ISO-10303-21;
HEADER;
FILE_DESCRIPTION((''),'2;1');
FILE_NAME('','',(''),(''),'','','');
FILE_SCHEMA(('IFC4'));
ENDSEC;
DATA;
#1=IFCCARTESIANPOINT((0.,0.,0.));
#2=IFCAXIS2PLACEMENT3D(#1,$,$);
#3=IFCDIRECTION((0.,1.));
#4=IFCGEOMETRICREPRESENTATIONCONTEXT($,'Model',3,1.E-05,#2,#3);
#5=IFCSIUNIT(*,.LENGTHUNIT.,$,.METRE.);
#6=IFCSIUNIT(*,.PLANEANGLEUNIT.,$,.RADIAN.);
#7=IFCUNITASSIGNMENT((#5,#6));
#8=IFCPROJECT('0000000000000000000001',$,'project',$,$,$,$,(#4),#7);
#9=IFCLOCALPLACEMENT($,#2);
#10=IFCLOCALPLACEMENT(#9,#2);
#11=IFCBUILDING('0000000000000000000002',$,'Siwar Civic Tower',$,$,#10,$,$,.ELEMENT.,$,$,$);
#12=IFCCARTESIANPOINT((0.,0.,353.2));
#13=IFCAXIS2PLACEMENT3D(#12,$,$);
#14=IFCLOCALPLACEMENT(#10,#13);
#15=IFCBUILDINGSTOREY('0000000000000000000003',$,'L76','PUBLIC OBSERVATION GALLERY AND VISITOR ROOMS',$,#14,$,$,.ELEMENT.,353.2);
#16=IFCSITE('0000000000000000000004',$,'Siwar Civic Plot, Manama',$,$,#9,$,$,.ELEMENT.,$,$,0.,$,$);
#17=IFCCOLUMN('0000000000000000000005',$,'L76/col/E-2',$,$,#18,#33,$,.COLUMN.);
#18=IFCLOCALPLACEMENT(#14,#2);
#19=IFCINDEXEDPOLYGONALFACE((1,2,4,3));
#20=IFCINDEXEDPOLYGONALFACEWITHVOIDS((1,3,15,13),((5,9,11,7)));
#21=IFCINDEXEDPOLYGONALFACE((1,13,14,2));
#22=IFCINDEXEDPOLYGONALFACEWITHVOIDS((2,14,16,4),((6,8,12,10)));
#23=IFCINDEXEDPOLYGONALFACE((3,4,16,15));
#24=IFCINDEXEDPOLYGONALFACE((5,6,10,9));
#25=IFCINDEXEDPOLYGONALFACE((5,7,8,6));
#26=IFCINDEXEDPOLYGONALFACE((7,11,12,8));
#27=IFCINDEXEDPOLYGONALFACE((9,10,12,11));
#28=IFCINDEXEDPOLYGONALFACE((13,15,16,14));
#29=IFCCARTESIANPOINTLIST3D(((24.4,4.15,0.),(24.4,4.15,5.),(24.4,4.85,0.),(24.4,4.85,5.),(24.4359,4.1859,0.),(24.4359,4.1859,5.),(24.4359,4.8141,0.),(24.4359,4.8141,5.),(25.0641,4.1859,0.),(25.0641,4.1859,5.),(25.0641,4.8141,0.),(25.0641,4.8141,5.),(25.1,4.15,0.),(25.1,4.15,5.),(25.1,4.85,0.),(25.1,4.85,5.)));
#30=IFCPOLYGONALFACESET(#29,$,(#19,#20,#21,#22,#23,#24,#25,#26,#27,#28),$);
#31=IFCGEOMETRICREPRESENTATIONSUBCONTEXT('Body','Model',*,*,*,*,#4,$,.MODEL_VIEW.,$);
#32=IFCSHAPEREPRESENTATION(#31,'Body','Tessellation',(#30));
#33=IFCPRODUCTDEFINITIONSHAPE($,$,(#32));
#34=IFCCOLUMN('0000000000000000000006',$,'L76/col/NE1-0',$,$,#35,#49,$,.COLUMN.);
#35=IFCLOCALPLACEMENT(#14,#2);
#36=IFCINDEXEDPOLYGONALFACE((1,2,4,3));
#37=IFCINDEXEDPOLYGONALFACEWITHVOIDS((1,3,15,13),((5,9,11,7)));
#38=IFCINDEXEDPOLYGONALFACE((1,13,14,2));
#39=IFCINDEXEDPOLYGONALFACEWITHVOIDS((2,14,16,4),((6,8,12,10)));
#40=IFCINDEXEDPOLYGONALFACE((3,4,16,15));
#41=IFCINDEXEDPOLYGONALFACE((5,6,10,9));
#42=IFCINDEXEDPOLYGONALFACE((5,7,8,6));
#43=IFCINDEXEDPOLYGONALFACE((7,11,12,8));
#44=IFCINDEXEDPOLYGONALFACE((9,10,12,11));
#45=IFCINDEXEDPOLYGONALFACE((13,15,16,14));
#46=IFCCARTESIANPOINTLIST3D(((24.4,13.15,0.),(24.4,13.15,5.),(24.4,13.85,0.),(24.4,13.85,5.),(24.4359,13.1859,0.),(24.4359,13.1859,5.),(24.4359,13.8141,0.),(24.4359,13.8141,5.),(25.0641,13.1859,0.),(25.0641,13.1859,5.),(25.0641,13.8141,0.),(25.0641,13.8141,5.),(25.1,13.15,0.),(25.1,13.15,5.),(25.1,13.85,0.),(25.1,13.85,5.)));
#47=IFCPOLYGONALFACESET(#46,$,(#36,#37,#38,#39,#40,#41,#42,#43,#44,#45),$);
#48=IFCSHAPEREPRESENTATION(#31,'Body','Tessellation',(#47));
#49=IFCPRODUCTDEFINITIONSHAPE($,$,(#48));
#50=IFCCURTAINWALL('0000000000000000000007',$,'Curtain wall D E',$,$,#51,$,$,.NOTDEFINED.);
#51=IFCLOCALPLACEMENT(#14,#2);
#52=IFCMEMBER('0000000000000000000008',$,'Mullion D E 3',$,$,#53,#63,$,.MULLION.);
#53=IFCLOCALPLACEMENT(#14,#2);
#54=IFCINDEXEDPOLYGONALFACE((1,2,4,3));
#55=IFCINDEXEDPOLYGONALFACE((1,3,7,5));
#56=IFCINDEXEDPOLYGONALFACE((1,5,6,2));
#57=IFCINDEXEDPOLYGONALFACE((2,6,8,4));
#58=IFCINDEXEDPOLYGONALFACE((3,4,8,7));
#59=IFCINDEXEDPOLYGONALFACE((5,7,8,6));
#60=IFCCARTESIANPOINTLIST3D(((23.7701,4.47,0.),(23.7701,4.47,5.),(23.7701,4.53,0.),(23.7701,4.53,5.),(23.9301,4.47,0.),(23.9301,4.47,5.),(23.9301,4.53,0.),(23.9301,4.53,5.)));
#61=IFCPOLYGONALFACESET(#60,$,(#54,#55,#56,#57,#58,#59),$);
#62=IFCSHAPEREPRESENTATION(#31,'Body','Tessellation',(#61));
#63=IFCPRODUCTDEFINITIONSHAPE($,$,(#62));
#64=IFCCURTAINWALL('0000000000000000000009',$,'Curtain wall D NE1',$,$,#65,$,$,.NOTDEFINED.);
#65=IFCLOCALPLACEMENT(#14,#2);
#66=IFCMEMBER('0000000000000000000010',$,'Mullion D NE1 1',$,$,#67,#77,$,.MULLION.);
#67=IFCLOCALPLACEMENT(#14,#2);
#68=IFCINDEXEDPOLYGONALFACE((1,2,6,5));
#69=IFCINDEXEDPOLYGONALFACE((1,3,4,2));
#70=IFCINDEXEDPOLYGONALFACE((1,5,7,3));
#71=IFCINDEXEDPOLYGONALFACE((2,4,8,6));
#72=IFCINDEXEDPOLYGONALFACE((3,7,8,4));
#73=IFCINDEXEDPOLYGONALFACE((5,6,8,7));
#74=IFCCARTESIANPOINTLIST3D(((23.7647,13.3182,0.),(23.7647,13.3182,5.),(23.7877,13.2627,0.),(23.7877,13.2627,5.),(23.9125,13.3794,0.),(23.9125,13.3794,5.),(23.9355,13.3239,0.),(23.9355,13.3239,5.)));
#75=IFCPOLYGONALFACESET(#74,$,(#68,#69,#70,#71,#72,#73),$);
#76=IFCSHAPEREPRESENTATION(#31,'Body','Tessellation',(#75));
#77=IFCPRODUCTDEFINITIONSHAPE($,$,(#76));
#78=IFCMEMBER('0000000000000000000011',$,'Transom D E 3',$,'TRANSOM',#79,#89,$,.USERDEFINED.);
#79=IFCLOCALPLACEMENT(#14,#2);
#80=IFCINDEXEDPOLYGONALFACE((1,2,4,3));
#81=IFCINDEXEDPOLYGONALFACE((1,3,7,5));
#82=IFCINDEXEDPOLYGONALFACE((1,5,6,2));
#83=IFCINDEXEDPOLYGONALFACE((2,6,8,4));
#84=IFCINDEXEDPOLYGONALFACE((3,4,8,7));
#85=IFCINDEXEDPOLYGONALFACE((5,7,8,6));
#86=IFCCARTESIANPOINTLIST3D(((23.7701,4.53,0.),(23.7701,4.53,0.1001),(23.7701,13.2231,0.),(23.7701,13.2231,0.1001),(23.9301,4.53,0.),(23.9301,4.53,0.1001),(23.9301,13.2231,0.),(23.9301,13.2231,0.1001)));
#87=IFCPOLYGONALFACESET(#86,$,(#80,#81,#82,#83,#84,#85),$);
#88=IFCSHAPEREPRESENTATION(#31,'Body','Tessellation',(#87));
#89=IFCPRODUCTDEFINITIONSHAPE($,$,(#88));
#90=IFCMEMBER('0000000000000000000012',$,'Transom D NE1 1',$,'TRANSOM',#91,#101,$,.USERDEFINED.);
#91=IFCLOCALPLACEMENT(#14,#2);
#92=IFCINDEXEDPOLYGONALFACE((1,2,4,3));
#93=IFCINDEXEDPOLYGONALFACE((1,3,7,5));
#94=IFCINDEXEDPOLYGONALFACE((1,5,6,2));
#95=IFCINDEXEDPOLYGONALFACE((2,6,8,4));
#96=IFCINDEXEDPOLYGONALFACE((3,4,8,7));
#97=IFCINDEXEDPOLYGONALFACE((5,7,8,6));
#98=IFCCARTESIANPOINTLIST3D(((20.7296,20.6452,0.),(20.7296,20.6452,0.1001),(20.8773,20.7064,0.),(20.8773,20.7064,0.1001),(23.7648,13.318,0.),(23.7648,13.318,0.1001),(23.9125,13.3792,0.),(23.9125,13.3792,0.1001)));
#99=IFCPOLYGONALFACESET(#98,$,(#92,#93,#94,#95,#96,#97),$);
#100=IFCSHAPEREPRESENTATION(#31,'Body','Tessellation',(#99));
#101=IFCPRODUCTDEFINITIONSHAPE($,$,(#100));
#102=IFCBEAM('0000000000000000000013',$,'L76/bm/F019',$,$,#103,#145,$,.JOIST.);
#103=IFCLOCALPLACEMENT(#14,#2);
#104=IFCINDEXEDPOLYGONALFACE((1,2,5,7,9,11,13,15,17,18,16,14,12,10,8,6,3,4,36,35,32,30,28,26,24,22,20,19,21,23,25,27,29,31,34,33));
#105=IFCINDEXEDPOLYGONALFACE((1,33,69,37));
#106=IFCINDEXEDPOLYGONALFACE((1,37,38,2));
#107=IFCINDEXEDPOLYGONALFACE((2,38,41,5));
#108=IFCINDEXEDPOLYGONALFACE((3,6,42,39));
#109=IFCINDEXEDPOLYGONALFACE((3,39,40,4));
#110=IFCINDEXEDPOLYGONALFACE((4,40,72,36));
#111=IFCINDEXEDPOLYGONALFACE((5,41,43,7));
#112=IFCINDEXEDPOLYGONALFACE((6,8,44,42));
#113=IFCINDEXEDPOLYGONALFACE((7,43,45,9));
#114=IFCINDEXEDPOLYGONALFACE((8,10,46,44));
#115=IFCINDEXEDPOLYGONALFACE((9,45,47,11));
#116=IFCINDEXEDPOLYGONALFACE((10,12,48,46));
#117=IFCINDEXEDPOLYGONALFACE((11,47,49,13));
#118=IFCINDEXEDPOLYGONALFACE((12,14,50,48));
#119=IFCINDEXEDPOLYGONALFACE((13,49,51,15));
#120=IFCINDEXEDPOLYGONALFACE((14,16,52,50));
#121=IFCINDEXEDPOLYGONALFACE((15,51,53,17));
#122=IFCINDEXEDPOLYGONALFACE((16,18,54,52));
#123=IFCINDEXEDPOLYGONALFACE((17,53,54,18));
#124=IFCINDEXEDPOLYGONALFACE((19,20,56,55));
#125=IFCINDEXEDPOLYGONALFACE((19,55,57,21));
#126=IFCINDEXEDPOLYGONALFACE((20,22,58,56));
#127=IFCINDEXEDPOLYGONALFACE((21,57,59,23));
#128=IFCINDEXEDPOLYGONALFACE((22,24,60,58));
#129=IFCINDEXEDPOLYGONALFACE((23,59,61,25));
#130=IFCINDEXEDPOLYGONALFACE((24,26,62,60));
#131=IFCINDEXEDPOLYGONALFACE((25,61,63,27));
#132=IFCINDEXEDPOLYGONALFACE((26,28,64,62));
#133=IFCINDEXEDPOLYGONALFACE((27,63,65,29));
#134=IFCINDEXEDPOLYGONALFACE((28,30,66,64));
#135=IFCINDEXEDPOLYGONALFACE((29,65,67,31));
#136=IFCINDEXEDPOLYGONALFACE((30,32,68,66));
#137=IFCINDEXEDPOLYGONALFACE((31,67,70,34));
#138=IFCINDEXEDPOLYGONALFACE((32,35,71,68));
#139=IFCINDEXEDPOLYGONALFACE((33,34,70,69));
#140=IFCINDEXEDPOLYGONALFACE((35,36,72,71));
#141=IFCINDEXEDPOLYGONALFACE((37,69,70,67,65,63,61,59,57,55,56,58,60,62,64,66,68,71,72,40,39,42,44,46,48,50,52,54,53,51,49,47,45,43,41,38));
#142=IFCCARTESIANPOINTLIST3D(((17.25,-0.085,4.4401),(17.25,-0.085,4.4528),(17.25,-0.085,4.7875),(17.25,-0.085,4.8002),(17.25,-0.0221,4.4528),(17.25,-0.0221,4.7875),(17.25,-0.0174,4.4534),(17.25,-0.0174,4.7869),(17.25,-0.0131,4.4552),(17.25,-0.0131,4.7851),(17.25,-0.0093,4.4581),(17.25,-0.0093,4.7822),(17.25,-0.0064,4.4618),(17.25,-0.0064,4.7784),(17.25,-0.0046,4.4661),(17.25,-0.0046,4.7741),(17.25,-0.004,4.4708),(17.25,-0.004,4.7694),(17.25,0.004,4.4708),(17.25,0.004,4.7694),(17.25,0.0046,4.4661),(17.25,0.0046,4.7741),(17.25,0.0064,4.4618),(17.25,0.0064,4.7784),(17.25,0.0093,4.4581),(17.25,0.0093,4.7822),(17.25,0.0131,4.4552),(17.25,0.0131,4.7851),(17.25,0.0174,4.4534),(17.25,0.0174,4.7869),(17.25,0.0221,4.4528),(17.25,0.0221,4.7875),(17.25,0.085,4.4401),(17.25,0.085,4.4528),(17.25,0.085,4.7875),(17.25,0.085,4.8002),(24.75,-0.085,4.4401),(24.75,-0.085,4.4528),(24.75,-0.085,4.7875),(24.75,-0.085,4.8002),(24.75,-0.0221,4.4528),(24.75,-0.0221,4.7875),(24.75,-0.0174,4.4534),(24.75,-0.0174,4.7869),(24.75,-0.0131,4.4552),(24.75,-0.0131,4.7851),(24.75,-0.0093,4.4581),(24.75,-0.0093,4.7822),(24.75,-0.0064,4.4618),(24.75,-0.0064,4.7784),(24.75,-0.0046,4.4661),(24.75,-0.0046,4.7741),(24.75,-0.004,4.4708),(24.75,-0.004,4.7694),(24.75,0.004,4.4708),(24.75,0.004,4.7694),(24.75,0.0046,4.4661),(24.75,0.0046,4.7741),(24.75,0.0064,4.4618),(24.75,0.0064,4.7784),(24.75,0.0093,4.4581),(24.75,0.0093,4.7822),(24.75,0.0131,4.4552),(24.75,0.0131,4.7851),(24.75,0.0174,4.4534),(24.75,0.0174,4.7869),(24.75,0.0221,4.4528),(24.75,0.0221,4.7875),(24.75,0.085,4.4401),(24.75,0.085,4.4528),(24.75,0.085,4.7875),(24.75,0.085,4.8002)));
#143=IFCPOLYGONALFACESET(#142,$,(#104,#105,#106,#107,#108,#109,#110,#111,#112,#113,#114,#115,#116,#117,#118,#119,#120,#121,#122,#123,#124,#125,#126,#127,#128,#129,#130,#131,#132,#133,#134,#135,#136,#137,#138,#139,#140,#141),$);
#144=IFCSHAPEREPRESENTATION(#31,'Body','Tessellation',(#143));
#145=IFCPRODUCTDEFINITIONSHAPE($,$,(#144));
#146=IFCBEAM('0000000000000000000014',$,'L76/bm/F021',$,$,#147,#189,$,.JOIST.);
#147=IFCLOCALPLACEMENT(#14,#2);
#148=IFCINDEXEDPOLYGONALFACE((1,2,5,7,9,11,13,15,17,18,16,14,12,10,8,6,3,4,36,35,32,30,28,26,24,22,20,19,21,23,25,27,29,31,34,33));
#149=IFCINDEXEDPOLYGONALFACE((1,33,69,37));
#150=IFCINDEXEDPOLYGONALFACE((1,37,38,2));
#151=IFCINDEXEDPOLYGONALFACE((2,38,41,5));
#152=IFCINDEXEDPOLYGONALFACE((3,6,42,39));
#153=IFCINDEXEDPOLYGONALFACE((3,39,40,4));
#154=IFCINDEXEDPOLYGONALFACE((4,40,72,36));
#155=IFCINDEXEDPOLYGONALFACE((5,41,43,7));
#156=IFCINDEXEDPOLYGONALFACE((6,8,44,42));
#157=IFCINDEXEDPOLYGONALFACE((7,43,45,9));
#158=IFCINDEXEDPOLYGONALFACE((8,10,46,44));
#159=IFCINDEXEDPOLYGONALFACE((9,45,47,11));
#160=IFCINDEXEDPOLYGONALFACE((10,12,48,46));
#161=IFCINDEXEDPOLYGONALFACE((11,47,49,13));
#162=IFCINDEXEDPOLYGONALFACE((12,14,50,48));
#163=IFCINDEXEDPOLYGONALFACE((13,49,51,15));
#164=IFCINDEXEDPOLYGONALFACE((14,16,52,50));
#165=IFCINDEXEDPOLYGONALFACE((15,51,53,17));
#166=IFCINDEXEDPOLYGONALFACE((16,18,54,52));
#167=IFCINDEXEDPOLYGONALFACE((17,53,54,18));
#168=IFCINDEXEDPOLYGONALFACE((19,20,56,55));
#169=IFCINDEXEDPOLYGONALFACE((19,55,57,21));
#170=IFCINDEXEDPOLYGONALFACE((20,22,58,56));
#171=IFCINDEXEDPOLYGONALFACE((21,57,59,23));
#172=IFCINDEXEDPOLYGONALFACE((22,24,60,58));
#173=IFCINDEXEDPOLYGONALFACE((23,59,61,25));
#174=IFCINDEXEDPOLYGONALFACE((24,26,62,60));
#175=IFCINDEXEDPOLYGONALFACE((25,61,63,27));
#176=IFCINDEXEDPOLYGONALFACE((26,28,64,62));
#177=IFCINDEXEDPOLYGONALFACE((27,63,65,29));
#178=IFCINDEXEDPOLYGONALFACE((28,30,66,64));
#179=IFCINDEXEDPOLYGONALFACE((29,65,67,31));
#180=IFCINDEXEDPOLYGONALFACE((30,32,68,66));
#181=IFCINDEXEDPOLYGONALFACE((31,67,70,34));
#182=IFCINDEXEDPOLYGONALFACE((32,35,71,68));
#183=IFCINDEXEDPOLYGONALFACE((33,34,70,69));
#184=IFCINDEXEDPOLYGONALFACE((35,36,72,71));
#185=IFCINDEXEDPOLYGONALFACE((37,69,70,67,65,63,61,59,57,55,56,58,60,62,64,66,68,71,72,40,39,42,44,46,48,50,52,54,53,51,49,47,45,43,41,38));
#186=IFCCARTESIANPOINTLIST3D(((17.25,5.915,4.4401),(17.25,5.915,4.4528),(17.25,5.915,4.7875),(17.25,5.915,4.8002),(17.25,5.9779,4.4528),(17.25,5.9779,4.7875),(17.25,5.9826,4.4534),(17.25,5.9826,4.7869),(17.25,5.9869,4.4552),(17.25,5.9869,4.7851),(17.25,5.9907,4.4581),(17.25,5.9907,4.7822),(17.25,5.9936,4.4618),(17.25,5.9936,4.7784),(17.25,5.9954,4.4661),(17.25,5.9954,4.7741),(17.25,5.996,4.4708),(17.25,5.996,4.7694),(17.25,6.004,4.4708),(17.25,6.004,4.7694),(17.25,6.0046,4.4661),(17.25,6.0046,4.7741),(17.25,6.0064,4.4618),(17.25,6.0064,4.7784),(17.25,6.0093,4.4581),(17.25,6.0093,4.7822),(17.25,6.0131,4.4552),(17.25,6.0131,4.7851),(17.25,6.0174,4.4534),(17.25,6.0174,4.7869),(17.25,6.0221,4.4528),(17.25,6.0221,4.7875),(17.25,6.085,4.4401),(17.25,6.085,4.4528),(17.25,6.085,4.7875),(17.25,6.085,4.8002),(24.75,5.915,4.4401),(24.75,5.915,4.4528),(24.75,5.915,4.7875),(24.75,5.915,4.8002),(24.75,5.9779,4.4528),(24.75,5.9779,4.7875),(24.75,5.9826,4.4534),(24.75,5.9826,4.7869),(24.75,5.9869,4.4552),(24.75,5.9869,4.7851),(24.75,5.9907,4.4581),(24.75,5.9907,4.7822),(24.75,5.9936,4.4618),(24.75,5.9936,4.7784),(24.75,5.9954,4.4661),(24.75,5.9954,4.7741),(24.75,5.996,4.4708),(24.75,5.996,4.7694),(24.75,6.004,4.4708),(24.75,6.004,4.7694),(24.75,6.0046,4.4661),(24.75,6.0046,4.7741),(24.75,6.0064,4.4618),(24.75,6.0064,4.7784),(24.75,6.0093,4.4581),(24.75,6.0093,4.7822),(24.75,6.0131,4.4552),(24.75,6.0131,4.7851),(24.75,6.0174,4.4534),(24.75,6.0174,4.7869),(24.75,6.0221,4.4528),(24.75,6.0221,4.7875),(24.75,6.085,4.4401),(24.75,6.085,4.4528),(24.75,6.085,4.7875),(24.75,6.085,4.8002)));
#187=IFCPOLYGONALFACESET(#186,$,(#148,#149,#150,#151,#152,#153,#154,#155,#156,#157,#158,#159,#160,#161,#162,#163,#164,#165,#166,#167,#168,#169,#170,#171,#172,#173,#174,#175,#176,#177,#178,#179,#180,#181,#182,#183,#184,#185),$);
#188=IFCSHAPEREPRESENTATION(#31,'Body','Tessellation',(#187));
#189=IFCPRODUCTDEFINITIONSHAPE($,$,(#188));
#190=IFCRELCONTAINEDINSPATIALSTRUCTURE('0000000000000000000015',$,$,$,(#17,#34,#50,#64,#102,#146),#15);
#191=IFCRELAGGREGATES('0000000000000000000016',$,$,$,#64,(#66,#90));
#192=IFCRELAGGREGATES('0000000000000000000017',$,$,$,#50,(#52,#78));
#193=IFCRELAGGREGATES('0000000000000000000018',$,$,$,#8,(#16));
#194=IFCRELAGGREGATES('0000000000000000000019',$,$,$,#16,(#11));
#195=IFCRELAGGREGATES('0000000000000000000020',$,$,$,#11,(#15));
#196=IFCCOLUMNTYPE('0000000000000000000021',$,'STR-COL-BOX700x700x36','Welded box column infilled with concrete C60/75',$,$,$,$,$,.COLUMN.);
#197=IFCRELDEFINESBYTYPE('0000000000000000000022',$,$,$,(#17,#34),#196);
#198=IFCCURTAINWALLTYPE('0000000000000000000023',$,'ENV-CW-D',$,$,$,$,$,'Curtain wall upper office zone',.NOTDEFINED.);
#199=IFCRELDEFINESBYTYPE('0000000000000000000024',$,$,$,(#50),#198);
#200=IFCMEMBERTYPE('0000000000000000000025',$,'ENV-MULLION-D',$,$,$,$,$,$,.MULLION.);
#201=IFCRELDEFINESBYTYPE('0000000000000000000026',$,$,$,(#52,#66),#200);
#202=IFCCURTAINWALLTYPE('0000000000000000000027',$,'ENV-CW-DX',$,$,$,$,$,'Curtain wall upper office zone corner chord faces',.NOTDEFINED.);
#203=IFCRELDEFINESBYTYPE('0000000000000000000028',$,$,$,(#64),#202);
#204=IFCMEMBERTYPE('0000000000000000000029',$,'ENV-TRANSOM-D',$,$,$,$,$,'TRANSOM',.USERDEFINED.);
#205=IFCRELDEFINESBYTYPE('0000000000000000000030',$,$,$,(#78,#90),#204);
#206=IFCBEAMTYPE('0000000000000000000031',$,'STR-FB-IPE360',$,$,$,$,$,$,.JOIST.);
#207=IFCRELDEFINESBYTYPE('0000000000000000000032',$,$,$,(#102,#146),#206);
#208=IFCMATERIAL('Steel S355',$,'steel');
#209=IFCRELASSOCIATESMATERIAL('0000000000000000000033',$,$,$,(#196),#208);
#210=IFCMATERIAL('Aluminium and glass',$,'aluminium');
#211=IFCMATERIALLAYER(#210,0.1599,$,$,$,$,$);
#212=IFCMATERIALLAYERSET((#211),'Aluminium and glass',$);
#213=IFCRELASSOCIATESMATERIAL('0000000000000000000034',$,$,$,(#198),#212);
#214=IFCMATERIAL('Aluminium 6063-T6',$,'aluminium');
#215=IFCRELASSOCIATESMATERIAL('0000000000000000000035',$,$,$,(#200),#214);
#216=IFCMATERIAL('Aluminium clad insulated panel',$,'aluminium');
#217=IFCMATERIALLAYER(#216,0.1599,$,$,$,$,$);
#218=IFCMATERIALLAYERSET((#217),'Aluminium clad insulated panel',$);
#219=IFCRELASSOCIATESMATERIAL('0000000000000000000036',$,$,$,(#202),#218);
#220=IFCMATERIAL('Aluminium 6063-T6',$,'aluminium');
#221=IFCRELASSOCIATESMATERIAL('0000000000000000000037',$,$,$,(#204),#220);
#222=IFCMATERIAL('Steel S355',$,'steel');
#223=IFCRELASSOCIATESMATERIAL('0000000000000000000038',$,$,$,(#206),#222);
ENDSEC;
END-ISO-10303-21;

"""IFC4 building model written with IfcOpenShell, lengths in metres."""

from ifc_helpers import new_model, si_unit, direction, frame, origin, origin_2d, place, context, subcontext, project, spatial, rectangle, hollow_rectangle, i_section, extrude, material, layer, layer_set, material_profile, profile_set, type_object, element, aggregate, save


model = new_model("IFC4")

# Units and contexts
model_context = context("Model", 3, precision=1e-05, world=origin(), true_north=direction((0.0, 1.0)))
body_context = subcontext(model_context, "Body", "Model", "MODEL_VIEW")
ifc_project = project(units=[si_unit("LENGTHUNIT", "METRE"), si_unit("PLANEANGLEUNIT", "RADIAN")], contexts=[model_context])

# Site, building, storey
site_placement = place(None, origin())
site = spatial("IfcSite", under=ifc_project, at=site_placement, Name="Siwar Civic Plot, Manama", CompositionType="ELEMENT", RefElevation=0.0)
building_placement = place(site_placement, origin())
building = spatial("IfcBuilding", under=site, at=building_placement, Name="Siwar Civic Tower", CompositionType="ELEMENT")
storey_placement = place(building_placement, frame((0.0, 0.0, 353.2)))
storey = spatial("IfcBuildingStorey", under=building, at=storey_placement, Name="L76", Description="PUBLIC OBSERVATION GALLERY AND VISITOR ROOMS", CompositionType="ELEMENT", Elevation=353.2)

# Columns
ifc_material_1 = material(Name="Steel S355", Category="steel")
ifc_material_profile_1 = material_profile(ifc_material_1, hollow_rectangle(XDim=0.7, YDim=0.7, WallThickness=0.0359, at=origin_2d()), Name="BOX700x700x36")
ifc_profile_set_1 = profile_set([ifc_material_profile_1], Name="Steel S355")
column_type = type_object("IfcColumnType", Name="STR-COL-BOX700x700x36", Description="Welded box column infilled with concrete C60/75", PredefinedType="COLUMN", material=ifc_profile_set_1)
for number, where, z_axis, x_axis, name in (
    (1, (24.75, 4.5, 0.0), (0.0, 0.0, 1.0), (1.0, 0.0, 0.0), "L76/col/E-2"),
    (2, (24.75, 13.5, 0.0), (0.0, 0.0, 1.0), (1.0, 0.0, 0.0), "L76/col/NE1-0"),
):
    element("IfcColumn", number, at=place(storey_placement, frame(where, z_axis=z_axis, x_axis=x_axis)), inside=storey, type_object=column_type, Name=name, PredefinedType="COLUMN", context=body_context, shape_type="SweptSolid", body=[
        extrude(hollow_rectangle(XDim=0.7, YDim=0.7, WallThickness=0.0359, at=origin_2d()), origin(), (0.0, 0.0, 1.0), 5.0),
    ])

# Curtain walls, members
ifc_material_2 = material(Name="Aluminium and glass", Category="aluminium")
ifc_layer_1 = layer(ifc_material_2, 0.1599)
ifc_layer_set_1 = layer_set([ifc_layer_1], Name="Aluminium and glass")
curtain_wall_type_1 = type_object("IfcCurtainWallType", Name="ENV-CW-D", ElementType="Curtain wall upper office zone", PredefinedType="NOTDEFINED", material=ifc_layer_set_1)
curtain_wall_1_placement = place(storey_placement, origin())
curtain_wall_1 = element("IfcCurtainWall", 3, at=curtain_wall_1_placement, inside=storey, type_object=curtain_wall_type_1, Name="Curtain wall D E", PredefinedType="NOTDEFINED")
ifc_material_3 = material(Name="Aluminium 6063-T6", Category="aluminium")
ifc_material_profile_2 = material_profile(ifc_material_3, rectangle(XDim=0.1599, YDim=0.0601, at=origin_2d()), Name="AL 160x60")
ifc_profile_set_2 = profile_set([ifc_material_profile_2], Name="Aluminium 6063-T6")
member_type_1 = type_object("IfcMemberType", Name="ENV-MULLION-D", PredefinedType="MULLION", material=ifc_profile_set_2)
member_1_placement = place(storey_placement, frame((23.8501, 4.5, 0.0), z_axis=(0.0, 0.0, 1.0), x_axis=(-1.0, 0.0, 0.0)))
member_1 = element("IfcMember", 4, at=member_1_placement, type_object=member_type_1, Name="Mullion D E 3", PredefinedType="MULLION", context=body_context, shape_type="SweptSolid", body=[
    extrude(rectangle(XDim=0.1599, YDim=0.0601, at=origin_2d()), origin(), (0.0, 0.0, 1.0), 5.0),
])
ifc_material_4 = material(Name="Aluminium clad insulated panel", Category="aluminium")
ifc_layer_2 = layer(ifc_material_4, 0.1599)
ifc_layer_set_2 = layer_set([ifc_layer_2], Name="Aluminium clad insulated panel")
curtain_wall_type_2 = type_object("IfcCurtainWallType", Name="ENV-CW-DX", ElementType="Curtain wall upper office zone corner chord faces", PredefinedType="NOTDEFINED", material=ifc_layer_set_2)
curtain_wall_2_placement = place(storey_placement, origin())
curtain_wall_2 = element("IfcCurtainWall", 5, at=curtain_wall_2_placement, inside=storey, type_object=curtain_wall_type_2, Name="Curtain wall D NE1", PredefinedType="NOTDEFINED")
member_2_placement = place(storey_placement, frame((23.8501, 13.321, 0.0), z_axis=(0.0, 0.0, 1.0), x_axis=(-0.92388, -0.382683, 0.0)))
member_2 = element("IfcMember", 6, at=member_2_placement, type_object=member_type_1, Name="Mullion D NE1 1", PredefinedType="MULLION", context=body_context, shape_type="SweptSolid", body=[
    extrude(rectangle(XDim=0.1599, YDim=0.0601, at=origin_2d()), origin(), (0.0, 0.0, 1.0), 5.0),
])

# Members
ifc_material_5 = material(Name="Aluminium 6063-T6", Category="aluminium")
ifc_material_profile_3 = material_profile(ifc_material_5, rectangle(XDim=0.1599, YDim=0.1001, at=origin_2d()), Name="AL 160x100")
ifc_profile_set_3 = profile_set([ifc_material_profile_3], Name="Aluminium 6063-T6")
member_type_2 = type_object("IfcMemberType", Name="ENV-TRANSOM-D", ElementType="TRANSOM", PredefinedType="USERDEFINED", material=ifc_profile_set_3)
member_3_placement = place(storey_placement, frame((23.8501, 4.53, 0.05), z_axis=(0.0, 1.0, 0.0), x_axis=(-1.0, 0.0, 0.0)))
member_3 = element("IfcMember", 7, at=member_3_placement, type_object=member_type_2, Name="Transom D E 3", ObjectType="TRANSOM", PredefinedType="USERDEFINED", context=body_context, shape_type="SweptSolid", body=[
    extrude(rectangle(XDim=0.1599, YDim=0.1001, at=origin_2d()), origin(), (0.0, 0.0, 1.0), 8.6931),
])
member_4_placement = place(storey_placement, frame((23.8386, 13.3486, 0.05), z_axis=(-0.3827, 0.923873, 0.0), x_axis=(-0.923873, -0.3827, 0.0)))
member_4 = element("IfcMember", 8, at=member_4_placement, type_object=member_type_2, Name="Transom D NE1 1", ObjectType="TRANSOM", PredefinedType="USERDEFINED", context=body_context, shape_type="SweptSolid", body=[
    extrude(rectangle(XDim=0.1599, YDim=0.1001, at=origin_2d()), origin(), (0.0, 0.0, 1.0), 7.9309),
])
aggregate(curtain_wall_2, [member_2, member_4])

# Beams
ifc_material_6 = material(Name="Steel S355", Category="steel")
ifc_material_profile_4 = material_profile(ifc_material_6, i_section(OverallWidth=0.1699, OverallDepth=0.3601, WebThickness=0.0081, FlangeThickness=0.0127, FilletRadius=0.0181, at=origin_2d()), Name="IPE360")
ifc_profile_set_4 = profile_set([ifc_material_profile_4], Name="Steel S355")
beam_type_1 = type_object("IfcBeamType", Name="STR-FB-IPE360", PredefinedType="JOIST", material=ifc_profile_set_4)
for number, where, z_axis, x_axis, name in (
    (9, (17.25, 0.0, 4.6201), (1.0, 0.0, 0.0), (0.0, 1.0, 0.0), "L76/bm/F019"),
    (10, (17.25, 6.0, 4.6201), (1.0, 0.0, 0.0), (0.0, 1.0, 0.0), "L76/bm/F021"),
):
    element("IfcBeam", number, at=place(storey_placement, frame(where, z_axis=z_axis, x_axis=x_axis)), inside=storey, type_object=beam_type_1, Name=name, PredefinedType="JOIST", context=body_context, shape_type="SweptSolid", body=[
        extrude(i_section(OverallWidth=0.1699, OverallDepth=0.3601, WebThickness=0.0081, FlangeThickness=0.0127, FilletRadius=0.0181, at=origin_2d()), origin(), (0.0, 0.0, 1.0), 7.5),
    ])

aggregate(curtain_wall_1, [member_1, member_3])

save(model, "model.ifc")
